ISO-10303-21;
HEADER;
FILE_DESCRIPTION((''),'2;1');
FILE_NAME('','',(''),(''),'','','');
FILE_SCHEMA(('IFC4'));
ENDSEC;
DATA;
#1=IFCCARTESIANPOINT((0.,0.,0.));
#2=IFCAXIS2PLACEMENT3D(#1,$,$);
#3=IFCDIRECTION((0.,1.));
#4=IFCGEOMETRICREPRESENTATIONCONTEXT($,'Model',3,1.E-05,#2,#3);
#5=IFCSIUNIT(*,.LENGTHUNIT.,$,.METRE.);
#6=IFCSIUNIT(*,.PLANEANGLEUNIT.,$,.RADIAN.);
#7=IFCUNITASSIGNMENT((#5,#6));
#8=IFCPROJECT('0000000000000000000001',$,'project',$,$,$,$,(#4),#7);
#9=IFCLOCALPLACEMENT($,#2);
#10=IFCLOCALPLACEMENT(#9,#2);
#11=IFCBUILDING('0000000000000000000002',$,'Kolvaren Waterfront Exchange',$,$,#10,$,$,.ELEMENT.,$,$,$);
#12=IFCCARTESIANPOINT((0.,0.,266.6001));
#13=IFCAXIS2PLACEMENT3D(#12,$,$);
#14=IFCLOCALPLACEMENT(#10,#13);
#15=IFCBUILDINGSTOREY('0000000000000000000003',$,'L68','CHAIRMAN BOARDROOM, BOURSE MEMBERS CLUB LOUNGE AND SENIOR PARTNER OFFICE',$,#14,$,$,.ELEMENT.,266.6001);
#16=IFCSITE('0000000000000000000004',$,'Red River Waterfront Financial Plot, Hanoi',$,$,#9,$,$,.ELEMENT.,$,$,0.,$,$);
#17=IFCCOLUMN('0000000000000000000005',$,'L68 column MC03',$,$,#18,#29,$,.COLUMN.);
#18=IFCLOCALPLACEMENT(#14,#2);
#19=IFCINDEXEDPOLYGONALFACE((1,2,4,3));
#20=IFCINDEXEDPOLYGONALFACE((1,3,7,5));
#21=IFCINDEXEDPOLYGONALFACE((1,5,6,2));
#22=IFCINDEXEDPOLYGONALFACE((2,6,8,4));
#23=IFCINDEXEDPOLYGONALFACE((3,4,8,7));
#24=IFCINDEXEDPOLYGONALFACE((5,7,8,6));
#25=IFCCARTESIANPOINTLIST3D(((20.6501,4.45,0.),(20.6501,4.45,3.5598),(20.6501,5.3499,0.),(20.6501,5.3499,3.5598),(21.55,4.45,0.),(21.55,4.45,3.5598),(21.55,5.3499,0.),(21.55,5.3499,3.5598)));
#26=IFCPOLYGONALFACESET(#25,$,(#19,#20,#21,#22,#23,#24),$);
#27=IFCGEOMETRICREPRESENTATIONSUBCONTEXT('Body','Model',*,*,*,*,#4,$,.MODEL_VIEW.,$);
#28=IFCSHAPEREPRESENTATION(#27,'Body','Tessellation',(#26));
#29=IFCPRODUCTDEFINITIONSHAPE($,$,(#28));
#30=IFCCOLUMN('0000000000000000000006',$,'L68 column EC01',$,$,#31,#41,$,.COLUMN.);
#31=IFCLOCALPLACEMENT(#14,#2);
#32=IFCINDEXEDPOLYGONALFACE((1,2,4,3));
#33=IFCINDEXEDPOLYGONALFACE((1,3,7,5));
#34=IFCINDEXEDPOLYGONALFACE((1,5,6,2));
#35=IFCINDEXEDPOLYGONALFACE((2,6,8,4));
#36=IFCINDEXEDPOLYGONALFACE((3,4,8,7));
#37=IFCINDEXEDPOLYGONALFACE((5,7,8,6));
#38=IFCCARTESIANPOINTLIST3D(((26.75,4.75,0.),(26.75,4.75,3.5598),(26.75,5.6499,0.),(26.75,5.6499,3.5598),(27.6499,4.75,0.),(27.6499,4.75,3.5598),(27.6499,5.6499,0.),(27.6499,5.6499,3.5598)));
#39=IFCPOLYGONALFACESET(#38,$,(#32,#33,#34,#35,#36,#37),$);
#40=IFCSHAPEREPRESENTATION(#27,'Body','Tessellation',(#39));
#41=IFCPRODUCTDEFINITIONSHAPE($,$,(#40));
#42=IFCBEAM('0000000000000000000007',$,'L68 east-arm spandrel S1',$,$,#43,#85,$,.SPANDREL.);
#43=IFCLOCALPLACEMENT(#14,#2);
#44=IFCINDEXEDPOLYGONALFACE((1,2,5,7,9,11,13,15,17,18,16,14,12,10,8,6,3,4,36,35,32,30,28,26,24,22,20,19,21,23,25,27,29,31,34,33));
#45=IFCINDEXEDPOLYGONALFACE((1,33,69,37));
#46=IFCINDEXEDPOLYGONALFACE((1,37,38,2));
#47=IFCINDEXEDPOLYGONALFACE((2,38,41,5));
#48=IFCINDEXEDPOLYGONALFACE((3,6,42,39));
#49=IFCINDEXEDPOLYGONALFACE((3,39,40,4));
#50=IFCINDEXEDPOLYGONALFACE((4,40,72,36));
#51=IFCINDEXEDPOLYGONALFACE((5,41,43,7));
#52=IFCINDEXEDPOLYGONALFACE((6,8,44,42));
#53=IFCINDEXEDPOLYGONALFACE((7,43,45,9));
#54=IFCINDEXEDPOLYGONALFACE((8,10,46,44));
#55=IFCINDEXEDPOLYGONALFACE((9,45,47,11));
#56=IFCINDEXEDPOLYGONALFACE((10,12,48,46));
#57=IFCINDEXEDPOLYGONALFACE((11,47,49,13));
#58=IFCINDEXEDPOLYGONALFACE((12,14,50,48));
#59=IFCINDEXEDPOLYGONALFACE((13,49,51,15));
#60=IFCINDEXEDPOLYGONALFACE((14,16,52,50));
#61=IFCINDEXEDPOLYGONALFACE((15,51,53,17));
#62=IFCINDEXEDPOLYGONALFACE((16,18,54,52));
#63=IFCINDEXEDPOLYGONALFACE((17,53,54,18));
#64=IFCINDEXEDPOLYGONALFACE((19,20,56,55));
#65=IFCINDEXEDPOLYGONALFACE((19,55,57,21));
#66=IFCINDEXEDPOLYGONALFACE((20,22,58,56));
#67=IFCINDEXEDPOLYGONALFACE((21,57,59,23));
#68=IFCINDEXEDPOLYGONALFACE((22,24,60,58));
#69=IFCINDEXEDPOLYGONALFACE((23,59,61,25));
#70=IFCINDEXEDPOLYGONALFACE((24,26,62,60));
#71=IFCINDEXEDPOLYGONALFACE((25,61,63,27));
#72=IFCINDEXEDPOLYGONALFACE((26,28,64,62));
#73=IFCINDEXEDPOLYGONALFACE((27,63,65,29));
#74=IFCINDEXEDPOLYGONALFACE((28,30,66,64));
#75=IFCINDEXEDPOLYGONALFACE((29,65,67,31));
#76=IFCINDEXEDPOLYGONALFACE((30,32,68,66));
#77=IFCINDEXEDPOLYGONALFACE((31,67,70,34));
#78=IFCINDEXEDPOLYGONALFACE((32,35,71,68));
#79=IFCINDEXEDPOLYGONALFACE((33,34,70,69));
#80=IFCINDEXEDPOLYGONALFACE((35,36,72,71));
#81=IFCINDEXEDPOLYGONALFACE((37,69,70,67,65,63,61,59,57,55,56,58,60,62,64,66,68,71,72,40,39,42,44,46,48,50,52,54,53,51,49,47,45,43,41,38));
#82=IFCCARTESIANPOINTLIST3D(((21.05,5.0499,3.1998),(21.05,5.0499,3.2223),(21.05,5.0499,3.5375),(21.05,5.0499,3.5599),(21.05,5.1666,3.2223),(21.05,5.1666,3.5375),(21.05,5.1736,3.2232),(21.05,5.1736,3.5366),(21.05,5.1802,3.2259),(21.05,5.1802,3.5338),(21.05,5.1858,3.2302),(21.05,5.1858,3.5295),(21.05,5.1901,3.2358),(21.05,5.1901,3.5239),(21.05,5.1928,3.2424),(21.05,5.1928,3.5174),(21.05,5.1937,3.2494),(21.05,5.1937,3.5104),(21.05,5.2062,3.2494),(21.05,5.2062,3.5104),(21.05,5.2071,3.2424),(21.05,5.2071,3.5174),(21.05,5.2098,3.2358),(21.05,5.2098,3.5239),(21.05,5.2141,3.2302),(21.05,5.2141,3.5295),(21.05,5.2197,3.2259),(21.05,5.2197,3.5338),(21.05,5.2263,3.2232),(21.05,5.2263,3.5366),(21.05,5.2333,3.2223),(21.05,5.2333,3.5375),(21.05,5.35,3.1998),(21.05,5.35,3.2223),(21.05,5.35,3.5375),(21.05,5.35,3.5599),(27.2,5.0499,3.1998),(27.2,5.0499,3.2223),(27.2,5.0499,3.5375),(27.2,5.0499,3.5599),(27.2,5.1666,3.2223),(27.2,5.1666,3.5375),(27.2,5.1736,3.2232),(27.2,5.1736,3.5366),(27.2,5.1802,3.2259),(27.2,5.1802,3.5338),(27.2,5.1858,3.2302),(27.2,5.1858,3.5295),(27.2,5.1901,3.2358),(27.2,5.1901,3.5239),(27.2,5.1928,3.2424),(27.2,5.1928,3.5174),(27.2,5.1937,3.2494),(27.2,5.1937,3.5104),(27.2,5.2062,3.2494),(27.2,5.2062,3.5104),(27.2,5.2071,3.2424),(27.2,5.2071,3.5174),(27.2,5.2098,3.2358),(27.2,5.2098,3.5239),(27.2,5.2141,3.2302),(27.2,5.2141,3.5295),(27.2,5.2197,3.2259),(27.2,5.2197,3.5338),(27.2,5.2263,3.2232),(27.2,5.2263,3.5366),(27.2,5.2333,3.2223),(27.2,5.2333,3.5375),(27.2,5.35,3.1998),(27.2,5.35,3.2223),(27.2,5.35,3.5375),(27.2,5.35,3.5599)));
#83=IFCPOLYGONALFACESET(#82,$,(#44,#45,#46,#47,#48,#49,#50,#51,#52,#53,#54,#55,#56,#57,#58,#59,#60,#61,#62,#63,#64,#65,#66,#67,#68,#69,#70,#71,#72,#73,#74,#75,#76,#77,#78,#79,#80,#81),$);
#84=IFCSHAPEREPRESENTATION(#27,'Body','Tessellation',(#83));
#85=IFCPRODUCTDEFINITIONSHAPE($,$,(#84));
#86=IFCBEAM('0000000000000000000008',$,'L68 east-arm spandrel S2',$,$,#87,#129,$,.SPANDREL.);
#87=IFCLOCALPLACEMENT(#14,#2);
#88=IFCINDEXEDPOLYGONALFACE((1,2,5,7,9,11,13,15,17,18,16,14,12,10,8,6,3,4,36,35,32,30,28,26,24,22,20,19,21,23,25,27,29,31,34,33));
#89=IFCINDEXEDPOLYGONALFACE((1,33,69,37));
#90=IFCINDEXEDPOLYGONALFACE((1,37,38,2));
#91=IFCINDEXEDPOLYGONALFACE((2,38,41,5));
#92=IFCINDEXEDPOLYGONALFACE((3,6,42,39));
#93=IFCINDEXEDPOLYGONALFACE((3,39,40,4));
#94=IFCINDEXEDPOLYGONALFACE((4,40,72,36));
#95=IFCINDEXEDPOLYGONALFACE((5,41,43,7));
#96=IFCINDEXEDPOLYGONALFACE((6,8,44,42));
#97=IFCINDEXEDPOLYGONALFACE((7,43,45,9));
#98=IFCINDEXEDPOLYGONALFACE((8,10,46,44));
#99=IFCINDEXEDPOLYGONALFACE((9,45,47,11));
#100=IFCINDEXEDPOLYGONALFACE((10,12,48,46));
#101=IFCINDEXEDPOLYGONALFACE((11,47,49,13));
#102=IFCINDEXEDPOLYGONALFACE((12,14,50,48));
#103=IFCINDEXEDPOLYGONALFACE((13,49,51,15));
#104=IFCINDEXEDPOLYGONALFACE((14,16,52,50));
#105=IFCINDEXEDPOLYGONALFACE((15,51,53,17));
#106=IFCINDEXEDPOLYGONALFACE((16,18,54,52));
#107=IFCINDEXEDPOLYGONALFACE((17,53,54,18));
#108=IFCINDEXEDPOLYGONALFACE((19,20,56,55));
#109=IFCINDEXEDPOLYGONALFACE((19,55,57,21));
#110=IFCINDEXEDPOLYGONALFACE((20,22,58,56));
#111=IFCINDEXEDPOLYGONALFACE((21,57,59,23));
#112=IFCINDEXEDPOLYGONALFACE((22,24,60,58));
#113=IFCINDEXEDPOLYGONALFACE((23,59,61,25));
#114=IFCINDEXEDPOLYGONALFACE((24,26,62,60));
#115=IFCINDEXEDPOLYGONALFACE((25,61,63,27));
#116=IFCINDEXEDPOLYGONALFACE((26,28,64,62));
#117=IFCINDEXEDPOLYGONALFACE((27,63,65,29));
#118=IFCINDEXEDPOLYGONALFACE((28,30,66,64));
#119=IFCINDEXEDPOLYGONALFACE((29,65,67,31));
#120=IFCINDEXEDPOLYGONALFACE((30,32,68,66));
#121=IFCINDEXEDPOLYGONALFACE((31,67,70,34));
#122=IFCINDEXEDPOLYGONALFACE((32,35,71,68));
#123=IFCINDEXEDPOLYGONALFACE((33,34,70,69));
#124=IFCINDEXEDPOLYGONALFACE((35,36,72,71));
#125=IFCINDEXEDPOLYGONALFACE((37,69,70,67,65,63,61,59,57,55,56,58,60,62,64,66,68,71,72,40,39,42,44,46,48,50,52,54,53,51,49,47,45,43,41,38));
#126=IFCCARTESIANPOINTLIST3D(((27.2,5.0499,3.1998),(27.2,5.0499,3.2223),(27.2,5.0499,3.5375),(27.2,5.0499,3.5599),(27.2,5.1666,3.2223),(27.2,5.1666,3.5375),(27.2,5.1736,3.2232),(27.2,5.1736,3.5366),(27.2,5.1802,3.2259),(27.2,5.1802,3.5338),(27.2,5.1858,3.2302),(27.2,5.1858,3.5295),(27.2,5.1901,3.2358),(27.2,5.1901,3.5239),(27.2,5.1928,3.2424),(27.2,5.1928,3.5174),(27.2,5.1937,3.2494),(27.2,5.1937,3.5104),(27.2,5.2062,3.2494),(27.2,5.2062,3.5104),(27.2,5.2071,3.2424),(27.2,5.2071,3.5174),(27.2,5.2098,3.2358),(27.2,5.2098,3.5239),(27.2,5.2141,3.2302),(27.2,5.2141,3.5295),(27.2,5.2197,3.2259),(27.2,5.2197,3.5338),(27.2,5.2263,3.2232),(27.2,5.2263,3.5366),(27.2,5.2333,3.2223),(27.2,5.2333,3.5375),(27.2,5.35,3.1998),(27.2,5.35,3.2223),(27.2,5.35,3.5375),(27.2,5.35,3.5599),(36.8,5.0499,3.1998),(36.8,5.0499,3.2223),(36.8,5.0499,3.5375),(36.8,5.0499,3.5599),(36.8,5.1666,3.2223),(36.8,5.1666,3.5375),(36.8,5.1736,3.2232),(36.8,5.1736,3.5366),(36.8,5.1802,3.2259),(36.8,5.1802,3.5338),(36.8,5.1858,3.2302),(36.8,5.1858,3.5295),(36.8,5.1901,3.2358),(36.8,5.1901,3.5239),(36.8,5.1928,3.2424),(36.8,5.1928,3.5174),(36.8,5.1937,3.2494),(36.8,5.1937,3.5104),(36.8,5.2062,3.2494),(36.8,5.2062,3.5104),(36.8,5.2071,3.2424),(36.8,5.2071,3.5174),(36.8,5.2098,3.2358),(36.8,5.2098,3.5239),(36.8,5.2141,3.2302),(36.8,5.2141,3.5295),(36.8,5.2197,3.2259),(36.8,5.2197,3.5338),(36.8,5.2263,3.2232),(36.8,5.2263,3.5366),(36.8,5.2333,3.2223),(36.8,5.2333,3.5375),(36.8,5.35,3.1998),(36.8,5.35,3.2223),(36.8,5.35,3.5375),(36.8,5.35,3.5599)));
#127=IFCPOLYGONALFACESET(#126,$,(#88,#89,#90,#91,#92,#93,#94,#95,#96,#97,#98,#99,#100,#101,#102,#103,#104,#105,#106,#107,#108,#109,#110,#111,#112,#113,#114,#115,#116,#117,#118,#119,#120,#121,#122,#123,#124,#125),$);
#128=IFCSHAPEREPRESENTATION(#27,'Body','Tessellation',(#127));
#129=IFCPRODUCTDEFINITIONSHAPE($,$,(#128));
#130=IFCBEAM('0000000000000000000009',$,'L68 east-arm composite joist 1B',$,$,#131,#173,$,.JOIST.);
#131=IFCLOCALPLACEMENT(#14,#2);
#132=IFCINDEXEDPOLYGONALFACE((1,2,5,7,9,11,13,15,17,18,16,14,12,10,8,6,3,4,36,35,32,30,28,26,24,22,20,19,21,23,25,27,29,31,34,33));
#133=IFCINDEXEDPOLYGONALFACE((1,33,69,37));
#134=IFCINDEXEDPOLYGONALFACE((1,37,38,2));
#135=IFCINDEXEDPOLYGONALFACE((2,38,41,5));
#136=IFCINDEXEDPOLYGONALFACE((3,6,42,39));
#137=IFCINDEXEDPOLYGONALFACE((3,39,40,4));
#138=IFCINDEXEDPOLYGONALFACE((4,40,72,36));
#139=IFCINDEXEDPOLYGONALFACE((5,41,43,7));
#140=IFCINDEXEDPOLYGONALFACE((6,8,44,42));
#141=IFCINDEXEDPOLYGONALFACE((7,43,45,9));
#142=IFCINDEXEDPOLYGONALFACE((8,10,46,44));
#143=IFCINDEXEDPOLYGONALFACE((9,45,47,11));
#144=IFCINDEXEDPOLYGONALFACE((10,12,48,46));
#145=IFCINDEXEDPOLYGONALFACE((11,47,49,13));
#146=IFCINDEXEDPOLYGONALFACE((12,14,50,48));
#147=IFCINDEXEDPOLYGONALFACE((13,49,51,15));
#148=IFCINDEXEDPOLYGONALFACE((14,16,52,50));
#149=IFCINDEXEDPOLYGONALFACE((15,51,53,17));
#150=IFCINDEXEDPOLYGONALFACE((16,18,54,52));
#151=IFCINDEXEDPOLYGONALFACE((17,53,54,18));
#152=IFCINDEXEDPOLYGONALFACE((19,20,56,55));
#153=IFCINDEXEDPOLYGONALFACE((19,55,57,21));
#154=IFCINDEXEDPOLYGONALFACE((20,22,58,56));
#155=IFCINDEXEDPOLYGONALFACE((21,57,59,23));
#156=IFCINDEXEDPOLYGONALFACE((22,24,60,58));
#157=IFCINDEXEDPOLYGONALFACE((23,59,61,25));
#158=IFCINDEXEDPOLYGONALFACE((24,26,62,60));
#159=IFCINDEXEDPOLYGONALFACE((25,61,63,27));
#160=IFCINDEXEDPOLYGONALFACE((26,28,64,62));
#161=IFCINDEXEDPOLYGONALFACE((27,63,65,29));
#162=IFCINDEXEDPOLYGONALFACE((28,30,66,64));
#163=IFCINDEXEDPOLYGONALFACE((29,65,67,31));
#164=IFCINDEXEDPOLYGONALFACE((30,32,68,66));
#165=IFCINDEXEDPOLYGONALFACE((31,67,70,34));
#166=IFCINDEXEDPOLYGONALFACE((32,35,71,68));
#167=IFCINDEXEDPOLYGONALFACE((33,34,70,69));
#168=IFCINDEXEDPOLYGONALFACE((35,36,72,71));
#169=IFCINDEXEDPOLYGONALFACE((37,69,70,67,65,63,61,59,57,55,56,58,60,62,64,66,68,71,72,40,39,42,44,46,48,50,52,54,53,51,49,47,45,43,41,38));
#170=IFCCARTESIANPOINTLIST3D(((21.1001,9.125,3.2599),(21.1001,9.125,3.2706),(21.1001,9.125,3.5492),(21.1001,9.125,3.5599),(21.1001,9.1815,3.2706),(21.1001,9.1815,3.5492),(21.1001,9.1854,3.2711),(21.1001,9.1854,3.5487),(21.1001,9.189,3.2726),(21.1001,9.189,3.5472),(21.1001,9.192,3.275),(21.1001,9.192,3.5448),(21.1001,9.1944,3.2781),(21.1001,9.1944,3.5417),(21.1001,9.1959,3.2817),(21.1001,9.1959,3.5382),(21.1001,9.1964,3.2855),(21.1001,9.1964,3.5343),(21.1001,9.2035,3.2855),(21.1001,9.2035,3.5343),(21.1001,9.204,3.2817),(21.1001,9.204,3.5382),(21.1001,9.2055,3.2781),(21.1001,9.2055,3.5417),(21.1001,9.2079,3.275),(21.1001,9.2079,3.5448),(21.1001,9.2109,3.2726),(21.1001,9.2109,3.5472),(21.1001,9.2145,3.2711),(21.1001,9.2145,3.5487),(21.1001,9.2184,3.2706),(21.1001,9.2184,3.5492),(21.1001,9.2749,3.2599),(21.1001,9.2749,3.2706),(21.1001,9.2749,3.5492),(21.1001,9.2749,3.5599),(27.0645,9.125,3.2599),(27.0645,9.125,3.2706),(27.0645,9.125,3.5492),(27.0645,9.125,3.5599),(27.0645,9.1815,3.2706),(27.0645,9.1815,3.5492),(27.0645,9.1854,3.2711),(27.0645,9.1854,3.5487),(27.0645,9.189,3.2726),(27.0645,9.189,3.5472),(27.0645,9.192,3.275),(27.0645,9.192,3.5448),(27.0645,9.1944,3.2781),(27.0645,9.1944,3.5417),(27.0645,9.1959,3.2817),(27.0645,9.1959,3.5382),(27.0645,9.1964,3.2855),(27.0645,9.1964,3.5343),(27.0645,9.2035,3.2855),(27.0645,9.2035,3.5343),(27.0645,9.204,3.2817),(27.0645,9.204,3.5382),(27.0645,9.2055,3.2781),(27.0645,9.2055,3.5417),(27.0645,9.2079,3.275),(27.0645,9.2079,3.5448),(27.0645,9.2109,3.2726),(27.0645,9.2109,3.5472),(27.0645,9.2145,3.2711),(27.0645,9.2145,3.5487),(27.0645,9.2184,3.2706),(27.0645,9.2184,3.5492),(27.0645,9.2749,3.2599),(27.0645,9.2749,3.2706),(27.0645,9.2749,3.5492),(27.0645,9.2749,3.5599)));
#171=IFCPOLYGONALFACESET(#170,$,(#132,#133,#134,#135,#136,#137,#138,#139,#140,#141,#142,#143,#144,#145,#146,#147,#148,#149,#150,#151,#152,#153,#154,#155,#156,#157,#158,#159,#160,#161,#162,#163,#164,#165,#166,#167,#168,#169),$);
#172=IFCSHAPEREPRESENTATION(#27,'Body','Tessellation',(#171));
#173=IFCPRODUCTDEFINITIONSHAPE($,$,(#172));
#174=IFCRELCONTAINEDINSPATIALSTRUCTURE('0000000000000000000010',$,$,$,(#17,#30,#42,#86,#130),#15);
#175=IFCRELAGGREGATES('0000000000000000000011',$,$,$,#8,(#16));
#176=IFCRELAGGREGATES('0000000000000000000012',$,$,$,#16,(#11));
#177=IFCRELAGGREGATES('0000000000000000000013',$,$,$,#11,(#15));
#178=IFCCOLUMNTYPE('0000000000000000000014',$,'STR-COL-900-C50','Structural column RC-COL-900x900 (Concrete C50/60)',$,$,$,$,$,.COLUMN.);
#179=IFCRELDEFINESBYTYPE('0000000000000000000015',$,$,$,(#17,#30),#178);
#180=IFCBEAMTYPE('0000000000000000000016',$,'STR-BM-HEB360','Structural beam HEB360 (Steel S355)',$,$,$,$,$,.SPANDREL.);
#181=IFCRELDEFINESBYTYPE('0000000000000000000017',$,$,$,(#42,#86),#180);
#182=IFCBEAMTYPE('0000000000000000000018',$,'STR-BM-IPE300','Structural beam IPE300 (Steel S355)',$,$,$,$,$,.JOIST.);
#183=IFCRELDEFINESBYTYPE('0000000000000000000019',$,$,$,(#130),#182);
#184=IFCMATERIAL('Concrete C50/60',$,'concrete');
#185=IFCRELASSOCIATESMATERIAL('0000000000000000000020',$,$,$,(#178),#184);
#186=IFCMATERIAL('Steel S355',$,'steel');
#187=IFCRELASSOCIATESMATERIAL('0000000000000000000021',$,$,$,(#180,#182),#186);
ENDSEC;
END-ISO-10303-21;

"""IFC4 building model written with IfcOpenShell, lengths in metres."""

from ifc_helpers import new_model, si_unit, direction, frame, origin, origin_2d, place, context, subcontext, project, spatial, rectangle, i_section, extrude, material, material_profile, profile_set, type_object, element, save


model = new_model("IFC4")

# Units and contexts
model_context = context("Model", 3, precision=1e-05, world=origin(), true_north=direction((0.0, 1.0)))
body_context = subcontext(model_context, "Body", "Model", "MODEL_VIEW")
ifc_project = project(units=[si_unit("LENGTHUNIT", "METRE"), si_unit("PLANEANGLEUNIT", "RADIAN")], contexts=[model_context])

# Site, building, storey
site_placement = place(None, origin())
site = spatial("IfcSite", under=ifc_project, at=site_placement, Name="Red River Waterfront Financial Plot, Hanoi", CompositionType="ELEMENT", RefElevation=0.0)
building_placement = place(site_placement, origin())
building = spatial("IfcBuilding", under=site, at=building_placement, Name="Kolvaren Waterfront Exchange", CompositionType="ELEMENT")
storey_placement = place(building_placement, frame((0.0, 0.0, 266.6001)))
storey = spatial("IfcBuildingStorey", under=building, at=storey_placement, Name="L68", Description="CHAIRMAN BOARDROOM, BOURSE MEMBERS CLUB LOUNGE AND SENIOR PARTNER OFFICE", CompositionType="ELEMENT", Elevation=266.6001)

# Columns
ifc_material_1 = material(Name="Concrete C50/60", Category="concrete")
ifc_material_profile_1 = material_profile(ifc_material_1, rectangle(XDim=0.8999, YDim=0.8999, at=origin_2d()), Name="RC-COL-900x900")
ifc_profile_set_1 = profile_set([ifc_material_profile_1], Name="Concrete C50/60")
column_type = type_object("IfcColumnType", Name="STR-COL-900-C50", Description="Structural column RC-COL-900x900 (Concrete C50/60)", PredefinedType="COLUMN", material=ifc_profile_set_1)
for number, where, z_axis, x_axis, name in (
    (1, (21.1001, 4.8999, 0.0), (0.0, 0.0, 1.0), (1.0, 0.0, 0.0), "L68 column MC03"),
    (2, (27.2, 5.2, 0.0), (0.0, 0.0, 1.0), (1.0, 0.0, 0.0), "L68 column EC01"),
):
    element("IfcColumn", number, at=place(storey_placement, frame(where, z_axis=z_axis, x_axis=x_axis)), inside=storey, type_object=column_type, Name=name, PredefinedType="COLUMN", context=body_context, shape_type="SweptSolid", body=[
        extrude(rectangle(XDim=0.8999, YDim=0.8999, at=origin_2d()), origin(), (0.0, 0.0, 1.0), 3.5598),
    ])

# Beams
ifc_material_2 = material(Name="Steel S355", Category="steel")
ifc_material_profile_2 = material_profile(ifc_material_2, i_section(OverallWidth=0.3, OverallDepth=0.3601, WebThickness=0.0125, FlangeThickness=0.0225, FilletRadius=0.0271, at=origin_2d()), Name="HEB360")
ifc_profile_set_2 = profile_set([ifc_material_profile_2], Name="Steel S355")
beam_type_1 = type_object("IfcBeamType", Name="STR-BM-HEB360", Description="Structural beam HEB360 (Steel S355)", PredefinedType="SPANDREL", material=ifc_profile_set_2)
beam_1_placement = place(storey_placement, frame((21.05, 5.2, 3.3799), z_axis=(1.0, 0.0, 0.0), x_axis=(0.0, 1.0, 0.0)))
element("IfcBeam", 3, at=beam_1_placement, inside=storey, type_object=beam_type_1, Name="L68 east-arm spandrel S1", PredefinedType="SPANDREL", context=body_context, shape_type="SweptSolid", body=[
    extrude(i_section(OverallWidth=0.3, OverallDepth=0.3601, WebThickness=0.0125, FlangeThickness=0.0225, FilletRadius=0.0271, at=origin_2d()), origin(), (0.0, 0.0, 1.0), 6.1499),
])
beam_2_placement = place(storey_placement, frame((27.2, 5.2, 3.3799), z_axis=(1.0, 0.0, 0.0), x_axis=(0.0, 1.0, 0.0)))
element("IfcBeam", 4, at=beam_2_placement, inside=storey, type_object=beam_type_1, Name="L68 east-arm spandrel S2", PredefinedType="SPANDREL", context=body_context, shape_type="SweptSolid", body=[
    extrude(i_section(OverallWidth=0.3, OverallDepth=0.3601, WebThickness=0.0125, FlangeThickness=0.0225, FilletRadius=0.0271, at=origin_2d()), origin(), (0.0, 0.0, 1.0), 9.6001),
])
ifc_material_profile_3 = material_profile(ifc_material_2, i_section(OverallWidth=0.1499, OverallDepth=0.3, WebThickness=0.0071, FlangeThickness=0.0107, FilletRadius=0.0149, at=origin_2d()), Name="IPE300")
ifc_profile_set_3 = profile_set([ifc_material_profile_3], Name="Steel S355")
beam_type_2 = type_object("IfcBeamType", Name="STR-BM-IPE300", Description="Structural beam IPE300 (Steel S355)", PredefinedType="JOIST", material=ifc_profile_set_3)
beam_3_placement = place(storey_placement, frame((21.1001, 9.2, 3.4099), z_axis=(1.0, 0.0, 0.0), x_axis=(0.0, 1.0, 0.0)))
element("IfcBeam", 5, at=beam_3_placement, inside=storey, type_object=beam_type_2, Name="L68 east-arm composite joist 1B", PredefinedType="JOIST", context=body_context, shape_type="SweptSolid", body=[
    extrude(i_section(OverallWidth=0.1499, OverallDepth=0.3, WebThickness=0.0071, FlangeThickness=0.0107, FilletRadius=0.0149, at=origin_2d()), origin(), (0.0, 0.0, 1.0), 5.9644),
])

save(model, "model.ifc")
